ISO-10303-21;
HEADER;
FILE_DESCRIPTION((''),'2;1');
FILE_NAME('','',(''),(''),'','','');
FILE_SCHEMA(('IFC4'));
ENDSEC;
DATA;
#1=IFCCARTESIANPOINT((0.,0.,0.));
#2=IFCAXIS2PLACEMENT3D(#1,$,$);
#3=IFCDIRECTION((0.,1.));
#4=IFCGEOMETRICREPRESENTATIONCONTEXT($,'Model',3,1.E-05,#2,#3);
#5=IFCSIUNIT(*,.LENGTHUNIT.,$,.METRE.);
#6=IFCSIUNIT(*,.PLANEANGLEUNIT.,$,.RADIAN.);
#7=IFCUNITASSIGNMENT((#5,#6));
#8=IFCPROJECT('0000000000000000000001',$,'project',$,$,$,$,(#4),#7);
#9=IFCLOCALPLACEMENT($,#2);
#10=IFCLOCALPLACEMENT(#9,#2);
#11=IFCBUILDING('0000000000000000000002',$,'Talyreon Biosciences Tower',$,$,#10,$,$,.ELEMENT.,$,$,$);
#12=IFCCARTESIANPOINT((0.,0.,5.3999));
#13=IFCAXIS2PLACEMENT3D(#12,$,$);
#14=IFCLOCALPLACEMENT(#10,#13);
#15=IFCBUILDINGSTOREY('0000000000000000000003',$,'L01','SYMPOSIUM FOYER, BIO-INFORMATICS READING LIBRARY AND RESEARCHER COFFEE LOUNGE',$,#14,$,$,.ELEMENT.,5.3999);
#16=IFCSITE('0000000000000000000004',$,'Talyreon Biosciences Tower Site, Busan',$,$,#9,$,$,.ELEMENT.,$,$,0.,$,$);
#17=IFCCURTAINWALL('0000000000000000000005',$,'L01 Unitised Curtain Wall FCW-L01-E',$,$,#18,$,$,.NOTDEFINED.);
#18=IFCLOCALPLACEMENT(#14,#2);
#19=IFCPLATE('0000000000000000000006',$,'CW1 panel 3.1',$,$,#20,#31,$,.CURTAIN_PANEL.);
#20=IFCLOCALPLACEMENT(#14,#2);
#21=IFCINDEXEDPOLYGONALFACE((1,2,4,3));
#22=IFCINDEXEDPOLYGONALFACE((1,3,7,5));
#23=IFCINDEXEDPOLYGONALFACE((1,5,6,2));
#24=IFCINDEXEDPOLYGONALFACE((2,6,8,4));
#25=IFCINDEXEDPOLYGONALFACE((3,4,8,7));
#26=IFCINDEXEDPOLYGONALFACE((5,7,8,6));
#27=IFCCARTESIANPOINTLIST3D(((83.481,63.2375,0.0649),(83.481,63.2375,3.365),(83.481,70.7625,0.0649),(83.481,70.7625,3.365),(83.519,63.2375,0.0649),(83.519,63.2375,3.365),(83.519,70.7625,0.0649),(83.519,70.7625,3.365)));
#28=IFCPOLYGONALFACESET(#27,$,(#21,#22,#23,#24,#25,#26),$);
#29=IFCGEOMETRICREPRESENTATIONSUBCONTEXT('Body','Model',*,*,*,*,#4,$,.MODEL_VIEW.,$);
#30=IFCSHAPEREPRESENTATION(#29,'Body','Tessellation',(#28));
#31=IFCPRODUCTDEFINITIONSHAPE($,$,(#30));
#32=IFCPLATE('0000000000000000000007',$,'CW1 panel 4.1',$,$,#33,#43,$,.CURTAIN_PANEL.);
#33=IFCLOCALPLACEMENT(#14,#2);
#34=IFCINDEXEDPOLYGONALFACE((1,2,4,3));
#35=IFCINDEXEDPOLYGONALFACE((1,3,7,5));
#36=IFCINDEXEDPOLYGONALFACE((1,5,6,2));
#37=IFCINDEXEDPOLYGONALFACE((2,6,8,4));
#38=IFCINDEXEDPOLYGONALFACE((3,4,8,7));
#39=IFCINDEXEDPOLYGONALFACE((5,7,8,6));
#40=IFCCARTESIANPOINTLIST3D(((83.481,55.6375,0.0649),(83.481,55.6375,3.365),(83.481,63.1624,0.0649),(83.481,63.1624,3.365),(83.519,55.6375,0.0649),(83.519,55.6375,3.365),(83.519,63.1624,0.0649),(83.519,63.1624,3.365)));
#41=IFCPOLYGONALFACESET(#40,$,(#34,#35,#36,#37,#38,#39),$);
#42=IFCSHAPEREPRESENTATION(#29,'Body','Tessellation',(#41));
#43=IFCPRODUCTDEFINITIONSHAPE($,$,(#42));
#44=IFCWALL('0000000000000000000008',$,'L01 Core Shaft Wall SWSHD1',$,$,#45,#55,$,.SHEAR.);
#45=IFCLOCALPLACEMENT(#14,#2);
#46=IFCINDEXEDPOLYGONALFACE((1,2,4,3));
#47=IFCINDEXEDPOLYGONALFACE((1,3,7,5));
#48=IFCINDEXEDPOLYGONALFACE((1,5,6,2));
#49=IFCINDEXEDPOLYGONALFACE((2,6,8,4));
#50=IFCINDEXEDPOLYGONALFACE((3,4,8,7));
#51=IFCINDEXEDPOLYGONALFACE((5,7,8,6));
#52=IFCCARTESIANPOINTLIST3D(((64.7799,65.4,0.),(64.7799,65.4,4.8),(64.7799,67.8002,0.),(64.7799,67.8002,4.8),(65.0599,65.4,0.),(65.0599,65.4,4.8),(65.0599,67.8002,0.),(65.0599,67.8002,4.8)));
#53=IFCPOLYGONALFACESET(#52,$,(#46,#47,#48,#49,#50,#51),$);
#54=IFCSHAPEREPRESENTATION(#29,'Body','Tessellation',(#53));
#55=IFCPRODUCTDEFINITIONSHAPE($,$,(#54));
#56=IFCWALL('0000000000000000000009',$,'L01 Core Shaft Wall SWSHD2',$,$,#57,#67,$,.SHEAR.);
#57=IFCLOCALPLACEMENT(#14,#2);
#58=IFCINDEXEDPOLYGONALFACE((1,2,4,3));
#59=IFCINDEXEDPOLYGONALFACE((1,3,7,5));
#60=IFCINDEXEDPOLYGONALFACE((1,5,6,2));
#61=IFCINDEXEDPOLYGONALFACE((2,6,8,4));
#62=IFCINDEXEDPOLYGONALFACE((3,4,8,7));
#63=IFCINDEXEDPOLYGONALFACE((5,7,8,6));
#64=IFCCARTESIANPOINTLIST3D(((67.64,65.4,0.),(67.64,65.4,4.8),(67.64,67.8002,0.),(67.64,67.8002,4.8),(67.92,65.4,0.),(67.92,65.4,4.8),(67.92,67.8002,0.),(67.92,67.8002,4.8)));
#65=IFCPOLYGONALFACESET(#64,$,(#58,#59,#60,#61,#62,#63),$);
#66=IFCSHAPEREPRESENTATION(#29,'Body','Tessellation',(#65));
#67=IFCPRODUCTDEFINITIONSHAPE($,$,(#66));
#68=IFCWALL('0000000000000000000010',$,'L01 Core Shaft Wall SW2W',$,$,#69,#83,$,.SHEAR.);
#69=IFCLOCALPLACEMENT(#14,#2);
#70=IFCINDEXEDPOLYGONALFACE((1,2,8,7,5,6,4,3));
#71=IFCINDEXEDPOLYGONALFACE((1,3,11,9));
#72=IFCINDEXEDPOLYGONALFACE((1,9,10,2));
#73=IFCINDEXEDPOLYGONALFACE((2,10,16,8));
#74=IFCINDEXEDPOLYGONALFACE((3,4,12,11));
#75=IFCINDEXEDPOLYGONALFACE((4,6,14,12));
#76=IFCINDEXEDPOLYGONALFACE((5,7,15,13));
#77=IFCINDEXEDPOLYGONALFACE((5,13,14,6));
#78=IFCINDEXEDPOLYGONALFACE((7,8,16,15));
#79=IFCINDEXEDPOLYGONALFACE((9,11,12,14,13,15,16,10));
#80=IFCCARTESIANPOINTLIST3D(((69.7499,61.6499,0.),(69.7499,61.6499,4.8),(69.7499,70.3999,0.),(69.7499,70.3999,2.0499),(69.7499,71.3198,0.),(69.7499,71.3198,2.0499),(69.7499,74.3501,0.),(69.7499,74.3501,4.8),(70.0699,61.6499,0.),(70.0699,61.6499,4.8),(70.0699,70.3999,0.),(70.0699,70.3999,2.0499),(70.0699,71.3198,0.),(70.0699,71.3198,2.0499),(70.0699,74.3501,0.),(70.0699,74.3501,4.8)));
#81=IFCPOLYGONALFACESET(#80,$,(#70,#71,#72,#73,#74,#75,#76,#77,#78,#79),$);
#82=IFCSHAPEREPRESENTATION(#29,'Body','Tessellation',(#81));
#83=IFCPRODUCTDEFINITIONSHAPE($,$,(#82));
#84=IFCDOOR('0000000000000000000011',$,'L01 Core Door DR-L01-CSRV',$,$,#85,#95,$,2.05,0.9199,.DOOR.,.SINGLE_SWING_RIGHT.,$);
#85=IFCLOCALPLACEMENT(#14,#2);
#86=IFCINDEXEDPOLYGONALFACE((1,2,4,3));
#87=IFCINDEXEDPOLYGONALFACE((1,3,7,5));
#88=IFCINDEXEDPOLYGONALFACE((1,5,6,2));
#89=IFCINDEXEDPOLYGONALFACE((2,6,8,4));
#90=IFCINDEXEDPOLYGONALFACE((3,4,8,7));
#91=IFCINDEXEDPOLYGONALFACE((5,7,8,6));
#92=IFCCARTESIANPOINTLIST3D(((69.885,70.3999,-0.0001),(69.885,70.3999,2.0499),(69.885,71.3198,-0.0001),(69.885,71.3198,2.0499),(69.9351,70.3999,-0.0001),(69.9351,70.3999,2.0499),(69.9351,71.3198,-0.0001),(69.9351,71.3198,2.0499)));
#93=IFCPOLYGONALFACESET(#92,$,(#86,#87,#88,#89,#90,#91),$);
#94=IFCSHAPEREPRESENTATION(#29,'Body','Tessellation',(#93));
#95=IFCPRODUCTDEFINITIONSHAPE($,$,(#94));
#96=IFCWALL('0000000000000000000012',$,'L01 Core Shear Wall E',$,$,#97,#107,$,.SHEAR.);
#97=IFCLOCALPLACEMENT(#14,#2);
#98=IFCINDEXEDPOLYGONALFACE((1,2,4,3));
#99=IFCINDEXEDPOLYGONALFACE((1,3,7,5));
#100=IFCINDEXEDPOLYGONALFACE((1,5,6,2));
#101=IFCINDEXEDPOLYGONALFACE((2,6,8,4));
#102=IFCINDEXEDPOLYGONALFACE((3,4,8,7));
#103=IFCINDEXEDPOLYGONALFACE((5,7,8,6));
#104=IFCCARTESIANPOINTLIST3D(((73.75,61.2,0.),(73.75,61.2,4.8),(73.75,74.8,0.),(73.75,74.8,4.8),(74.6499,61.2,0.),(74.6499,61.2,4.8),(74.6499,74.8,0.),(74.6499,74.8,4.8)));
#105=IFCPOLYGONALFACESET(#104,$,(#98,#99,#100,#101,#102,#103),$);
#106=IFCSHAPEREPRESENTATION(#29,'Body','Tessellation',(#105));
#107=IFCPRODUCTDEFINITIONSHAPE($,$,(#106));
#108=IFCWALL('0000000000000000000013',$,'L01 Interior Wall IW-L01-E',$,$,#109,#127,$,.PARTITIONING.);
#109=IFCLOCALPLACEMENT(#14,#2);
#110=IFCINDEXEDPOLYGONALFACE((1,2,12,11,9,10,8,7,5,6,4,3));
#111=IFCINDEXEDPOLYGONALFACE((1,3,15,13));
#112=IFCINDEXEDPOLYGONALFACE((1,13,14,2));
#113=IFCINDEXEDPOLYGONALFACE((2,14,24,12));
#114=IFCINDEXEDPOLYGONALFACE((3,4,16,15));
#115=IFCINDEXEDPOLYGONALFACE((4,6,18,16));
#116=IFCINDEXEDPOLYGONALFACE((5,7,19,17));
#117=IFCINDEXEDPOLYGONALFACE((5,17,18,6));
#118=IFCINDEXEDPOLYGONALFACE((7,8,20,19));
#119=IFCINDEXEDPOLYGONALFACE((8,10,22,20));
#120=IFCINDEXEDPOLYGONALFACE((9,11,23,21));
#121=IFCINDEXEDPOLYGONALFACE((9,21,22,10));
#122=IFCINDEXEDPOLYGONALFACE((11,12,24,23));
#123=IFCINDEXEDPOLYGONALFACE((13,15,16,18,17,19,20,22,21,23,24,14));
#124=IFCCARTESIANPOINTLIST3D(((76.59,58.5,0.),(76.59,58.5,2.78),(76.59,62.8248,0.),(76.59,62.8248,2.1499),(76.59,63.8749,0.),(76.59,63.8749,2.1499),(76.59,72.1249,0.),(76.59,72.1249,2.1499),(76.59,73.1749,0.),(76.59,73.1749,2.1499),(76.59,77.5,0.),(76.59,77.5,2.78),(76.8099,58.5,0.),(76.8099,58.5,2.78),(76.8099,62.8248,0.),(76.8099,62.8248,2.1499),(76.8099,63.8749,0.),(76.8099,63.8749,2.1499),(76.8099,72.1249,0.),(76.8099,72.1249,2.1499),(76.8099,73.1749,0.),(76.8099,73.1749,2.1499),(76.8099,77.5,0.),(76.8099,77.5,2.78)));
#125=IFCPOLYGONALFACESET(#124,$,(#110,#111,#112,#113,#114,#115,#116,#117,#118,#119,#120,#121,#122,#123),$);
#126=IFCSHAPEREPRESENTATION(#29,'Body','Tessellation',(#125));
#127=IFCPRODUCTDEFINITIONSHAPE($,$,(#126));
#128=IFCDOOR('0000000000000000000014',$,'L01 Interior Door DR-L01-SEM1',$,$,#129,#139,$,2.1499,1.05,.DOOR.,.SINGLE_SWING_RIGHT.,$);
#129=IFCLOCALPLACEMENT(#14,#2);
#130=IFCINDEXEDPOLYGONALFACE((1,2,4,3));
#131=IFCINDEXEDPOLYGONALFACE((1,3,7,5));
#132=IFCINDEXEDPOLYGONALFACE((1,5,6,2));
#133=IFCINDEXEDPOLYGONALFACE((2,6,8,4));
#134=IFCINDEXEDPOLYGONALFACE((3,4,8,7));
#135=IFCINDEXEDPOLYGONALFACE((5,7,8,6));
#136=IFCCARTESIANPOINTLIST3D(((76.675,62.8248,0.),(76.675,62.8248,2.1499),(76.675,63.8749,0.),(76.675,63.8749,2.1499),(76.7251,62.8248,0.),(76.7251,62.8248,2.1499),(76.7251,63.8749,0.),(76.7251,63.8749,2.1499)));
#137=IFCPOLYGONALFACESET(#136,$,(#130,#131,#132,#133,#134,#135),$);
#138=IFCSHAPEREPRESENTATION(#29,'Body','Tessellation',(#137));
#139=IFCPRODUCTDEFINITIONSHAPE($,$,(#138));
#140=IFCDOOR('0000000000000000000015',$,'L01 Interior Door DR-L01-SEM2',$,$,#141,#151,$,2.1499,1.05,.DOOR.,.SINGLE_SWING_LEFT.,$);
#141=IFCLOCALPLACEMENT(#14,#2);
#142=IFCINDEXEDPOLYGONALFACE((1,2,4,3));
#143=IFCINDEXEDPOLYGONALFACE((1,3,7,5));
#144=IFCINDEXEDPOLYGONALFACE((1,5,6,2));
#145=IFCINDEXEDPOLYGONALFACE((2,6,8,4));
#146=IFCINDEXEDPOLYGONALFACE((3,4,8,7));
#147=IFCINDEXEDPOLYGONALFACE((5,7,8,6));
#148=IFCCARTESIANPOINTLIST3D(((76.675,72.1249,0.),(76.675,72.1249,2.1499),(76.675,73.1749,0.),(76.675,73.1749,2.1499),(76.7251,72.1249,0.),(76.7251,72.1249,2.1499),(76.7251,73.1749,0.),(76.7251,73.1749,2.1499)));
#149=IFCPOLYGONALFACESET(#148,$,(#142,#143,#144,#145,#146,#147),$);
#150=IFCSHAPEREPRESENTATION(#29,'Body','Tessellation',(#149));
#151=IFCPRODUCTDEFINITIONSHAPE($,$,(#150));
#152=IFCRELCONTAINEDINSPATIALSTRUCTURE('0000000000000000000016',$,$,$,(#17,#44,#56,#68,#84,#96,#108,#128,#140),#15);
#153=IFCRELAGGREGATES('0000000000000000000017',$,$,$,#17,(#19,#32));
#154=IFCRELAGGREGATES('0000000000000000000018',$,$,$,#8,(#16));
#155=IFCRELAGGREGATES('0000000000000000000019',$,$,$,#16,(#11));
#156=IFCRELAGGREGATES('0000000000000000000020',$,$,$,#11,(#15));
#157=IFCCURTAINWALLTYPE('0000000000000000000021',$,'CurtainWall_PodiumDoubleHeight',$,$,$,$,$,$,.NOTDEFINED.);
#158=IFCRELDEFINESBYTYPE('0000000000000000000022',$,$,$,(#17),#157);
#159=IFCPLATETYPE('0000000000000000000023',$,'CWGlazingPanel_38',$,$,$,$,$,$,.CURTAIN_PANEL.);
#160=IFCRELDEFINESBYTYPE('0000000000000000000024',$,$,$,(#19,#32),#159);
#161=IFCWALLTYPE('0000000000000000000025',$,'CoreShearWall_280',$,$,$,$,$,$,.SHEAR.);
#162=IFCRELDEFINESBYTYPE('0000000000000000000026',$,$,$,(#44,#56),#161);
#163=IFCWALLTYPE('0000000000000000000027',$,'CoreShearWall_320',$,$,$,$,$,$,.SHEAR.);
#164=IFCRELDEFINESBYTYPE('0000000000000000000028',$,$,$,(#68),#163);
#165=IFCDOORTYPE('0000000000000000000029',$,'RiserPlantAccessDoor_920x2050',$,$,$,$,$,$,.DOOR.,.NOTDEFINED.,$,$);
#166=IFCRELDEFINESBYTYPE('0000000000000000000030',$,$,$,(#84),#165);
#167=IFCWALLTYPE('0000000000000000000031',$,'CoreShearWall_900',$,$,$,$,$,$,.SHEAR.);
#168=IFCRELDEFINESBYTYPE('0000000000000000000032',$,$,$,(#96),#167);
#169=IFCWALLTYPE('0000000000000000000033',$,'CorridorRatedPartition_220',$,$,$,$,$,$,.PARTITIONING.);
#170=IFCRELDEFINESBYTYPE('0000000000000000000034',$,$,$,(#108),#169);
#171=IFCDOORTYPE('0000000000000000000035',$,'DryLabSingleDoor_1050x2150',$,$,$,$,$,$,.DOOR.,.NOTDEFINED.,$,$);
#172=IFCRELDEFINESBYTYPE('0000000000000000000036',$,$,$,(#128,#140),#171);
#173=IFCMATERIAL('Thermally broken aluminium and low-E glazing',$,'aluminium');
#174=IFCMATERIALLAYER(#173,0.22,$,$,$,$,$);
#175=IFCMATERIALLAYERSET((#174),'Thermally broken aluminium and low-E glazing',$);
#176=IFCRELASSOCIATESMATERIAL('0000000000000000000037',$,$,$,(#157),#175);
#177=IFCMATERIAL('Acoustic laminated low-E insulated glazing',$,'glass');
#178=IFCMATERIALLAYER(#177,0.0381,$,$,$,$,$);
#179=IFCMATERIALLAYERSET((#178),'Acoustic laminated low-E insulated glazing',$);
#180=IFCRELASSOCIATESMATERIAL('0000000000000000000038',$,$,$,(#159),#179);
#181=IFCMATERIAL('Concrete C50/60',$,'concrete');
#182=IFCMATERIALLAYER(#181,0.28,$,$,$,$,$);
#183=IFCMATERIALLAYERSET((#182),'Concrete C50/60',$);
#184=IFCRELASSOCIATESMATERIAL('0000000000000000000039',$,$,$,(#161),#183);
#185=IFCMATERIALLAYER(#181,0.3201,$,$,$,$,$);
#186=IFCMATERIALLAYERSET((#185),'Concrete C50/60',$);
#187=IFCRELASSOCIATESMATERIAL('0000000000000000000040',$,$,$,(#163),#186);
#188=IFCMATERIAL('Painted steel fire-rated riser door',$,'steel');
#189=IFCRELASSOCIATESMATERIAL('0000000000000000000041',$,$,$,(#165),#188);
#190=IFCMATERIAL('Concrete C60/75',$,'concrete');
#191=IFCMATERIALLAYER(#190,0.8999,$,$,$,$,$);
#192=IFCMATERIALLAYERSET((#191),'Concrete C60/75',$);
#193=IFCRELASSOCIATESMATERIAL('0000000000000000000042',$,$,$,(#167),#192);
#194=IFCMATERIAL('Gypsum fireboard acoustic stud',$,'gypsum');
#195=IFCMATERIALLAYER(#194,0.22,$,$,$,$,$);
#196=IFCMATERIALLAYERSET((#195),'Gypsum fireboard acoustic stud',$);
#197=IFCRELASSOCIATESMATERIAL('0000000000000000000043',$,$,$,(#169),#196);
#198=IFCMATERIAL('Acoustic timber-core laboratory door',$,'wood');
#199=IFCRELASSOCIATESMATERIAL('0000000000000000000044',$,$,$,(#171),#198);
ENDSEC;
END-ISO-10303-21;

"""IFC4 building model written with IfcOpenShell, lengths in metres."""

from ifc_helpers import new_model, si_unit, direction, frame, frame_2d, origin, origin_2d, place, context, subcontext, project, spatial, rectangle, extrude, material, layer, layer_set, type_object, element, fill, aggregate, save


model = new_model("IFC4")

# Units and contexts
model_context = context("Model", 3, precision=1e-05, world=origin(), true_north=direction((0.0, 1.0)))
body_context = subcontext(model_context, "Body", "Model", "MODEL_VIEW")
ifc_project = project(units=[si_unit("LENGTHUNIT", "METRE"), si_unit("PLANEANGLEUNIT", "RADIAN")], contexts=[model_context])

# Site, building, storey
site_placement = place(None, origin())
site = spatial("IfcSite", under=ifc_project, at=site_placement, Name="Talyreon Biosciences Tower Site, Busan", CompositionType="ELEMENT", RefElevation=0.0)
building_placement = place(site_placement, origin())
building = spatial("IfcBuilding", under=site, at=building_placement, Name="Talyreon Biosciences Tower", CompositionType="ELEMENT")
storey_placement = place(building_placement, frame((0.0, 0.0, 5.3999)))
storey = spatial("IfcBuildingStorey", under=building, at=storey_placement, Name="L01", Description="SYMPOSIUM FOYER, BIO-INFORMATICS READING LIBRARY AND RESEARCHER COFFEE LOUNGE", CompositionType="ELEMENT", Elevation=5.3999)

# Shared definitions
ifc_material_1 = material(Name="Concrete C60/75", Category="concrete")

# Curtain wall
ifc_material_2 = material(Name="Thermally broken aluminium and low-E glazing", Category="aluminium")
ifc_layer_1 = layer(ifc_material_2, 0.22)
ifc_layer_set_1 = layer_set([ifc_layer_1], Name="Thermally broken aluminium and low-E glazing")
curtain_wall_type = type_object("IfcCurtainWallType", Name="CurtainWall_PodiumDoubleHeight", PredefinedType="NOTDEFINED", material=ifc_layer_set_1)
curtain_wall_placement = place(storey_placement, origin())
curtain_wall = element("IfcCurtainWall", 1, at=curtain_wall_placement, inside=storey, type_object=curtain_wall_type, Name="L01 Unitised Curtain Wall FCW-L01-E", PredefinedType="NOTDEFINED")

# Shared definitions
ifc_material_3 = material(Name="Concrete C50/60", Category="concrete")

# Plates
ifc_material_4 = material(Name="Acoustic laminated low-E insulated glazing", Category="glass")
ifc_layer_2 = layer(ifc_material_4, 0.0381)
ifc_layer_set_2 = layer_set([ifc_layer_2], Name="Acoustic laminated low-E insulated glazing")
plate_type = type_object("IfcPlateType", Name="CWGlazingPanel_38", PredefinedType="CURTAIN_PANEL", material=ifc_layer_set_2)
plate_1_placement = place(storey_placement, frame((83.5, 67.0, 0.0649), z_axis=(0.0, 0.0, 1.0), x_axis=(0.0, -1.0, 0.0)))
plate_1 = element("IfcPlate", 2, at=plate_1_placement, type_object=plate_type, Name="CW1 panel 3.1", PredefinedType="CURTAIN_PANEL", context=body_context, shape_type="SweptSolid", body=[
    extrude(rectangle(XDim=7.5249, YDim=0.0381, at=origin_2d()), origin(), (0.0, 0.0, 1.0), 3.3),
])
plate_2_placement = place(storey_placement, frame((83.5, 59.3999, 0.0649), z_axis=(0.0, 0.0, 1.0), x_axis=(0.0, -1.0, 0.0)))
plate_2 = element("IfcPlate", 3, at=plate_2_placement, type_object=plate_type, Name="CW1 panel 4.1", PredefinedType="CURTAIN_PANEL", context=body_context, shape_type="SweptSolid", body=[
    extrude(rectangle(XDim=7.5249, YDim=0.0381, at=origin_2d()), origin(), (0.0, 0.0, 1.0), 3.3),
])
aggregate(curtain_wall, [plate_1, plate_2])

# Walls
ifc_layer_3 = layer(ifc_material_3, 0.28)
ifc_layer_set_3 = layer_set([ifc_layer_3], Name="Concrete C50/60")
wall_type_1 = type_object("IfcWallType", Name="CoreShearWall_280", PredefinedType="SHEAR", material=ifc_layer_set_3)
for number, where, z_axis, x_axis, name in (
    (4, (64.9199, 65.3999, 0.0), (0.0, 0.0, 1.0), (0.0, 1.0, 0.0), "L01 Core Shaft Wall SWSHD1"),
    (5, (67.78, 65.3999, 0.0), (0.0, 0.0, 1.0), (0.0, 1.0, 0.0), "L01 Core Shaft Wall SWSHD2"),
):
    element("IfcWall", number, at=place(storey_placement, frame(where, z_axis=z_axis, x_axis=x_axis)), inside=storey, type_object=wall_type_1, Name=name, PredefinedType="SHEAR", context=body_context, shape_type="SweptSolid", body=[
        extrude(rectangle(XDim=2.4001, YDim=0.28, at=frame_2d((1.2002, 0.0))), origin(), (0.0, 0.0, 1.0), 4.8),
    ])

# Wall, opening, door
ifc_layer_4 = layer(ifc_material_3, 0.3201)
ifc_layer_set_4 = layer_set([ifc_layer_4], Name="Concrete C50/60")
wall_type_2 = type_object("IfcWallType", Name="CoreShearWall_320", PredefinedType="SHEAR", material=ifc_layer_set_4)
wall_1_placement = place(storey_placement, frame((69.9099, 61.6499, 0.0), z_axis=(0.0, 0.0, 1.0), x_axis=(0.0, 1.0, 0.0)))
wall_1 = element("IfcWall", 6, at=wall_1_placement, inside=storey, type_object=wall_type_2, Name="L01 Core Shaft Wall SW2W", PredefinedType="SHEAR", context=body_context, shape_type="SweptSolid", body=[
    extrude(rectangle(XDim=12.7002, YDim=0.3201, at=frame_2d((6.3501, 0.0))), origin(), (0.0, 0.0, 1.0), 4.8),
])
opening_1_placement = place(wall_1_placement, frame((8.75, 0.0, 0.0)))
opening_1 = element("IfcOpeningElement", 7, at=opening_1_placement, cuts=wall_1, PredefinedType="OPENING", context=body_context, shape_type="SweptSolid", body=[
    extrude(rectangle(XDim=0.9199, YDim=2.05, at=frame_2d((0.46, 1.0249))), frame((0.0, 0.1699, 0.0), z_axis=(0.0, -1.0, 0.0), x_axis=(1.0, 0.0, 0.0)), (0.0, 0.0, 1.0), 0.3401),
])
ifc_material_5 = material(Name="Painted steel fire-rated riser door", Category="steel")
door_type_1 = type_object("IfcDoorType", Name="RiserPlantAccessDoor_920x2050", OperationType="NOTDEFINED", PredefinedType="DOOR", material=ifc_material_5)
door_1_placement = place(opening_1_placement, origin())
door_1 = element("IfcDoor", 8, at=door_1_placement, inside=storey, type_object=door_type_1, Name="L01 Core Door DR-L01-CSRV", OperationType="SINGLE_SWING_RIGHT", OverallHeight=2.05, OverallWidth=0.9199, PredefinedType="DOOR", context=body_context, shape_type="SweptSolid", body=[
    extrude(rectangle(XDim=0.9199, YDim=2.05, at=frame_2d((0.46, 1.0249))), frame((0.0, 0.0249, 0.0), z_axis=(0.0, -1.0, 0.0), x_axis=(1.0, 0.0, 0.0)), (0.0, 0.0, 1.0), 0.05),
])
fill(opening_1, door_1)

# Wall
ifc_layer_5 = layer(ifc_material_1, 0.8999)
ifc_layer_set_5 = layer_set([ifc_layer_5], Name="Concrete C60/75")
wall_type_3 = type_object("IfcWallType", Name="CoreShearWall_900", PredefinedType="SHEAR", material=ifc_layer_set_5)
wall_2_placement = place(storey_placement, frame((74.2, 61.2, 0.0), z_axis=(0.0, 0.0, 1.0), x_axis=(0.0, 1.0, 0.0)))
element("IfcWall", 9, at=wall_2_placement, inside=storey, type_object=wall_type_3, Name="L01 Core Shear Wall E", PredefinedType="SHEAR", context=body_context, shape_type="SweptSolid", body=[
    extrude(rectangle(XDim=13.6001, YDim=0.8999, at=frame_2d((6.8, 0.0))), origin(), (0.0, 0.0, 1.0), 4.8),
])

# Wall, openings, doors
ifc_material_6 = material(Name="Gypsum fireboard acoustic stud", Category="gypsum")
ifc_layer_6 = layer(ifc_material_6, 0.22)
ifc_layer_set_6 = layer_set([ifc_layer_6], Name="Gypsum fireboard acoustic stud")
wall_type_4 = type_object("IfcWallType", Name="CorridorRatedPartition_220", PredefinedType="PARTITIONING", material=ifc_layer_set_6)
wall_3_placement = place(storey_placement, frame((76.7, 58.5, 0.0), z_axis=(0.0, 0.0, 1.0), x_axis=(0.0, 1.0, 0.0)))
wall_3 = element("IfcWall", 10, at=wall_3_placement, inside=storey, type_object=wall_type_4, Name="L01 Interior Wall IW-L01-E", PredefinedType="PARTITIONING", context=body_context, shape_type="SweptSolid", body=[
    extrude(rectangle(XDim=19.0, YDim=0.22, at=frame_2d((9.5, 0.0))), origin(), (0.0, 0.0, 1.0), 2.78),
])
opening_2_placement = place(wall_3_placement, frame((4.325, 0.0, 0.0)))
opening_2 = element("IfcOpeningElement", 11, at=opening_2_placement, cuts=wall_3, PredefinedType="OPENING", context=body_context, shape_type="SweptSolid", body=[
    extrude(rectangle(XDim=1.05, YDim=2.1499, at=frame_2d((0.5249, 1.075))), frame((0.0, 0.1199, 0.0), z_axis=(0.0, -1.0, 0.0), x_axis=(1.0, 0.0, 0.0)), (0.0, 0.0, 1.0), 0.24),
])
opening_3_placement = place(wall_3_placement, frame((13.625, 0.0, 0.0)))
opening_3 = element("IfcOpeningElement", 12, at=opening_3_placement, cuts=wall_3, PredefinedType="OPENING", context=body_context, shape_type="SweptSolid", body=[
    extrude(rectangle(XDim=1.05, YDim=2.1499, at=frame_2d((0.5249, 1.075))), frame((0.0, 0.1199, 0.0), z_axis=(0.0, -1.0, 0.0), x_axis=(1.0, 0.0, 0.0)), (0.0, 0.0, 1.0), 0.24),
])
ifc_material_7 = material(Name="Acoustic timber-core laboratory door", Category="wood")
door_type_2 = type_object("IfcDoorType", Name="DryLabSingleDoor_1050x2150", OperationType="NOTDEFINED", PredefinedType="DOOR", material=ifc_material_7)
door_2_placement = place(opening_2_placement, origin())
door_2 = element("IfcDoor", 13, at=door_2_placement, inside=storey, type_object=door_type_2, Name="L01 Interior Door DR-L01-SEM1", OperationType="SINGLE_SWING_RIGHT", OverallHeight=2.1499, OverallWidth=1.05, PredefinedType="DOOR", context=body_context, shape_type="SweptSolid", body=[
    extrude(rectangle(XDim=1.05, YDim=2.1499, at=frame_2d((0.5249, 1.075))), frame((0.0, 0.0249, 0.0), z_axis=(0.0, -1.0, 0.0), x_axis=(1.0, 0.0, 0.0)), (0.0, 0.0, 1.0), 0.05),
])
fill(opening_2, door_2)
door_3_placement = place(opening_3_placement, origin())
door_3 = element("IfcDoor", 14, at=door_3_placement, inside=storey, type_object=door_type_2, Name="L01 Interior Door DR-L01-SEM2", OperationType="SINGLE_SWING_LEFT", OverallHeight=2.1499, OverallWidth=1.05, PredefinedType="DOOR", context=body_context, shape_type="SweptSolid", body=[
    extrude(rectangle(XDim=1.05, YDim=2.1499, at=frame_2d((0.5249, 1.075))), frame((0.0, 0.0249, 0.0), z_axis=(0.0, -1.0, 0.0), x_axis=(1.0, 0.0, 0.0)), (0.0, 0.0, 1.0), 0.05),
])
fill(opening_3, door_3)

save(model, "model.ifc")
